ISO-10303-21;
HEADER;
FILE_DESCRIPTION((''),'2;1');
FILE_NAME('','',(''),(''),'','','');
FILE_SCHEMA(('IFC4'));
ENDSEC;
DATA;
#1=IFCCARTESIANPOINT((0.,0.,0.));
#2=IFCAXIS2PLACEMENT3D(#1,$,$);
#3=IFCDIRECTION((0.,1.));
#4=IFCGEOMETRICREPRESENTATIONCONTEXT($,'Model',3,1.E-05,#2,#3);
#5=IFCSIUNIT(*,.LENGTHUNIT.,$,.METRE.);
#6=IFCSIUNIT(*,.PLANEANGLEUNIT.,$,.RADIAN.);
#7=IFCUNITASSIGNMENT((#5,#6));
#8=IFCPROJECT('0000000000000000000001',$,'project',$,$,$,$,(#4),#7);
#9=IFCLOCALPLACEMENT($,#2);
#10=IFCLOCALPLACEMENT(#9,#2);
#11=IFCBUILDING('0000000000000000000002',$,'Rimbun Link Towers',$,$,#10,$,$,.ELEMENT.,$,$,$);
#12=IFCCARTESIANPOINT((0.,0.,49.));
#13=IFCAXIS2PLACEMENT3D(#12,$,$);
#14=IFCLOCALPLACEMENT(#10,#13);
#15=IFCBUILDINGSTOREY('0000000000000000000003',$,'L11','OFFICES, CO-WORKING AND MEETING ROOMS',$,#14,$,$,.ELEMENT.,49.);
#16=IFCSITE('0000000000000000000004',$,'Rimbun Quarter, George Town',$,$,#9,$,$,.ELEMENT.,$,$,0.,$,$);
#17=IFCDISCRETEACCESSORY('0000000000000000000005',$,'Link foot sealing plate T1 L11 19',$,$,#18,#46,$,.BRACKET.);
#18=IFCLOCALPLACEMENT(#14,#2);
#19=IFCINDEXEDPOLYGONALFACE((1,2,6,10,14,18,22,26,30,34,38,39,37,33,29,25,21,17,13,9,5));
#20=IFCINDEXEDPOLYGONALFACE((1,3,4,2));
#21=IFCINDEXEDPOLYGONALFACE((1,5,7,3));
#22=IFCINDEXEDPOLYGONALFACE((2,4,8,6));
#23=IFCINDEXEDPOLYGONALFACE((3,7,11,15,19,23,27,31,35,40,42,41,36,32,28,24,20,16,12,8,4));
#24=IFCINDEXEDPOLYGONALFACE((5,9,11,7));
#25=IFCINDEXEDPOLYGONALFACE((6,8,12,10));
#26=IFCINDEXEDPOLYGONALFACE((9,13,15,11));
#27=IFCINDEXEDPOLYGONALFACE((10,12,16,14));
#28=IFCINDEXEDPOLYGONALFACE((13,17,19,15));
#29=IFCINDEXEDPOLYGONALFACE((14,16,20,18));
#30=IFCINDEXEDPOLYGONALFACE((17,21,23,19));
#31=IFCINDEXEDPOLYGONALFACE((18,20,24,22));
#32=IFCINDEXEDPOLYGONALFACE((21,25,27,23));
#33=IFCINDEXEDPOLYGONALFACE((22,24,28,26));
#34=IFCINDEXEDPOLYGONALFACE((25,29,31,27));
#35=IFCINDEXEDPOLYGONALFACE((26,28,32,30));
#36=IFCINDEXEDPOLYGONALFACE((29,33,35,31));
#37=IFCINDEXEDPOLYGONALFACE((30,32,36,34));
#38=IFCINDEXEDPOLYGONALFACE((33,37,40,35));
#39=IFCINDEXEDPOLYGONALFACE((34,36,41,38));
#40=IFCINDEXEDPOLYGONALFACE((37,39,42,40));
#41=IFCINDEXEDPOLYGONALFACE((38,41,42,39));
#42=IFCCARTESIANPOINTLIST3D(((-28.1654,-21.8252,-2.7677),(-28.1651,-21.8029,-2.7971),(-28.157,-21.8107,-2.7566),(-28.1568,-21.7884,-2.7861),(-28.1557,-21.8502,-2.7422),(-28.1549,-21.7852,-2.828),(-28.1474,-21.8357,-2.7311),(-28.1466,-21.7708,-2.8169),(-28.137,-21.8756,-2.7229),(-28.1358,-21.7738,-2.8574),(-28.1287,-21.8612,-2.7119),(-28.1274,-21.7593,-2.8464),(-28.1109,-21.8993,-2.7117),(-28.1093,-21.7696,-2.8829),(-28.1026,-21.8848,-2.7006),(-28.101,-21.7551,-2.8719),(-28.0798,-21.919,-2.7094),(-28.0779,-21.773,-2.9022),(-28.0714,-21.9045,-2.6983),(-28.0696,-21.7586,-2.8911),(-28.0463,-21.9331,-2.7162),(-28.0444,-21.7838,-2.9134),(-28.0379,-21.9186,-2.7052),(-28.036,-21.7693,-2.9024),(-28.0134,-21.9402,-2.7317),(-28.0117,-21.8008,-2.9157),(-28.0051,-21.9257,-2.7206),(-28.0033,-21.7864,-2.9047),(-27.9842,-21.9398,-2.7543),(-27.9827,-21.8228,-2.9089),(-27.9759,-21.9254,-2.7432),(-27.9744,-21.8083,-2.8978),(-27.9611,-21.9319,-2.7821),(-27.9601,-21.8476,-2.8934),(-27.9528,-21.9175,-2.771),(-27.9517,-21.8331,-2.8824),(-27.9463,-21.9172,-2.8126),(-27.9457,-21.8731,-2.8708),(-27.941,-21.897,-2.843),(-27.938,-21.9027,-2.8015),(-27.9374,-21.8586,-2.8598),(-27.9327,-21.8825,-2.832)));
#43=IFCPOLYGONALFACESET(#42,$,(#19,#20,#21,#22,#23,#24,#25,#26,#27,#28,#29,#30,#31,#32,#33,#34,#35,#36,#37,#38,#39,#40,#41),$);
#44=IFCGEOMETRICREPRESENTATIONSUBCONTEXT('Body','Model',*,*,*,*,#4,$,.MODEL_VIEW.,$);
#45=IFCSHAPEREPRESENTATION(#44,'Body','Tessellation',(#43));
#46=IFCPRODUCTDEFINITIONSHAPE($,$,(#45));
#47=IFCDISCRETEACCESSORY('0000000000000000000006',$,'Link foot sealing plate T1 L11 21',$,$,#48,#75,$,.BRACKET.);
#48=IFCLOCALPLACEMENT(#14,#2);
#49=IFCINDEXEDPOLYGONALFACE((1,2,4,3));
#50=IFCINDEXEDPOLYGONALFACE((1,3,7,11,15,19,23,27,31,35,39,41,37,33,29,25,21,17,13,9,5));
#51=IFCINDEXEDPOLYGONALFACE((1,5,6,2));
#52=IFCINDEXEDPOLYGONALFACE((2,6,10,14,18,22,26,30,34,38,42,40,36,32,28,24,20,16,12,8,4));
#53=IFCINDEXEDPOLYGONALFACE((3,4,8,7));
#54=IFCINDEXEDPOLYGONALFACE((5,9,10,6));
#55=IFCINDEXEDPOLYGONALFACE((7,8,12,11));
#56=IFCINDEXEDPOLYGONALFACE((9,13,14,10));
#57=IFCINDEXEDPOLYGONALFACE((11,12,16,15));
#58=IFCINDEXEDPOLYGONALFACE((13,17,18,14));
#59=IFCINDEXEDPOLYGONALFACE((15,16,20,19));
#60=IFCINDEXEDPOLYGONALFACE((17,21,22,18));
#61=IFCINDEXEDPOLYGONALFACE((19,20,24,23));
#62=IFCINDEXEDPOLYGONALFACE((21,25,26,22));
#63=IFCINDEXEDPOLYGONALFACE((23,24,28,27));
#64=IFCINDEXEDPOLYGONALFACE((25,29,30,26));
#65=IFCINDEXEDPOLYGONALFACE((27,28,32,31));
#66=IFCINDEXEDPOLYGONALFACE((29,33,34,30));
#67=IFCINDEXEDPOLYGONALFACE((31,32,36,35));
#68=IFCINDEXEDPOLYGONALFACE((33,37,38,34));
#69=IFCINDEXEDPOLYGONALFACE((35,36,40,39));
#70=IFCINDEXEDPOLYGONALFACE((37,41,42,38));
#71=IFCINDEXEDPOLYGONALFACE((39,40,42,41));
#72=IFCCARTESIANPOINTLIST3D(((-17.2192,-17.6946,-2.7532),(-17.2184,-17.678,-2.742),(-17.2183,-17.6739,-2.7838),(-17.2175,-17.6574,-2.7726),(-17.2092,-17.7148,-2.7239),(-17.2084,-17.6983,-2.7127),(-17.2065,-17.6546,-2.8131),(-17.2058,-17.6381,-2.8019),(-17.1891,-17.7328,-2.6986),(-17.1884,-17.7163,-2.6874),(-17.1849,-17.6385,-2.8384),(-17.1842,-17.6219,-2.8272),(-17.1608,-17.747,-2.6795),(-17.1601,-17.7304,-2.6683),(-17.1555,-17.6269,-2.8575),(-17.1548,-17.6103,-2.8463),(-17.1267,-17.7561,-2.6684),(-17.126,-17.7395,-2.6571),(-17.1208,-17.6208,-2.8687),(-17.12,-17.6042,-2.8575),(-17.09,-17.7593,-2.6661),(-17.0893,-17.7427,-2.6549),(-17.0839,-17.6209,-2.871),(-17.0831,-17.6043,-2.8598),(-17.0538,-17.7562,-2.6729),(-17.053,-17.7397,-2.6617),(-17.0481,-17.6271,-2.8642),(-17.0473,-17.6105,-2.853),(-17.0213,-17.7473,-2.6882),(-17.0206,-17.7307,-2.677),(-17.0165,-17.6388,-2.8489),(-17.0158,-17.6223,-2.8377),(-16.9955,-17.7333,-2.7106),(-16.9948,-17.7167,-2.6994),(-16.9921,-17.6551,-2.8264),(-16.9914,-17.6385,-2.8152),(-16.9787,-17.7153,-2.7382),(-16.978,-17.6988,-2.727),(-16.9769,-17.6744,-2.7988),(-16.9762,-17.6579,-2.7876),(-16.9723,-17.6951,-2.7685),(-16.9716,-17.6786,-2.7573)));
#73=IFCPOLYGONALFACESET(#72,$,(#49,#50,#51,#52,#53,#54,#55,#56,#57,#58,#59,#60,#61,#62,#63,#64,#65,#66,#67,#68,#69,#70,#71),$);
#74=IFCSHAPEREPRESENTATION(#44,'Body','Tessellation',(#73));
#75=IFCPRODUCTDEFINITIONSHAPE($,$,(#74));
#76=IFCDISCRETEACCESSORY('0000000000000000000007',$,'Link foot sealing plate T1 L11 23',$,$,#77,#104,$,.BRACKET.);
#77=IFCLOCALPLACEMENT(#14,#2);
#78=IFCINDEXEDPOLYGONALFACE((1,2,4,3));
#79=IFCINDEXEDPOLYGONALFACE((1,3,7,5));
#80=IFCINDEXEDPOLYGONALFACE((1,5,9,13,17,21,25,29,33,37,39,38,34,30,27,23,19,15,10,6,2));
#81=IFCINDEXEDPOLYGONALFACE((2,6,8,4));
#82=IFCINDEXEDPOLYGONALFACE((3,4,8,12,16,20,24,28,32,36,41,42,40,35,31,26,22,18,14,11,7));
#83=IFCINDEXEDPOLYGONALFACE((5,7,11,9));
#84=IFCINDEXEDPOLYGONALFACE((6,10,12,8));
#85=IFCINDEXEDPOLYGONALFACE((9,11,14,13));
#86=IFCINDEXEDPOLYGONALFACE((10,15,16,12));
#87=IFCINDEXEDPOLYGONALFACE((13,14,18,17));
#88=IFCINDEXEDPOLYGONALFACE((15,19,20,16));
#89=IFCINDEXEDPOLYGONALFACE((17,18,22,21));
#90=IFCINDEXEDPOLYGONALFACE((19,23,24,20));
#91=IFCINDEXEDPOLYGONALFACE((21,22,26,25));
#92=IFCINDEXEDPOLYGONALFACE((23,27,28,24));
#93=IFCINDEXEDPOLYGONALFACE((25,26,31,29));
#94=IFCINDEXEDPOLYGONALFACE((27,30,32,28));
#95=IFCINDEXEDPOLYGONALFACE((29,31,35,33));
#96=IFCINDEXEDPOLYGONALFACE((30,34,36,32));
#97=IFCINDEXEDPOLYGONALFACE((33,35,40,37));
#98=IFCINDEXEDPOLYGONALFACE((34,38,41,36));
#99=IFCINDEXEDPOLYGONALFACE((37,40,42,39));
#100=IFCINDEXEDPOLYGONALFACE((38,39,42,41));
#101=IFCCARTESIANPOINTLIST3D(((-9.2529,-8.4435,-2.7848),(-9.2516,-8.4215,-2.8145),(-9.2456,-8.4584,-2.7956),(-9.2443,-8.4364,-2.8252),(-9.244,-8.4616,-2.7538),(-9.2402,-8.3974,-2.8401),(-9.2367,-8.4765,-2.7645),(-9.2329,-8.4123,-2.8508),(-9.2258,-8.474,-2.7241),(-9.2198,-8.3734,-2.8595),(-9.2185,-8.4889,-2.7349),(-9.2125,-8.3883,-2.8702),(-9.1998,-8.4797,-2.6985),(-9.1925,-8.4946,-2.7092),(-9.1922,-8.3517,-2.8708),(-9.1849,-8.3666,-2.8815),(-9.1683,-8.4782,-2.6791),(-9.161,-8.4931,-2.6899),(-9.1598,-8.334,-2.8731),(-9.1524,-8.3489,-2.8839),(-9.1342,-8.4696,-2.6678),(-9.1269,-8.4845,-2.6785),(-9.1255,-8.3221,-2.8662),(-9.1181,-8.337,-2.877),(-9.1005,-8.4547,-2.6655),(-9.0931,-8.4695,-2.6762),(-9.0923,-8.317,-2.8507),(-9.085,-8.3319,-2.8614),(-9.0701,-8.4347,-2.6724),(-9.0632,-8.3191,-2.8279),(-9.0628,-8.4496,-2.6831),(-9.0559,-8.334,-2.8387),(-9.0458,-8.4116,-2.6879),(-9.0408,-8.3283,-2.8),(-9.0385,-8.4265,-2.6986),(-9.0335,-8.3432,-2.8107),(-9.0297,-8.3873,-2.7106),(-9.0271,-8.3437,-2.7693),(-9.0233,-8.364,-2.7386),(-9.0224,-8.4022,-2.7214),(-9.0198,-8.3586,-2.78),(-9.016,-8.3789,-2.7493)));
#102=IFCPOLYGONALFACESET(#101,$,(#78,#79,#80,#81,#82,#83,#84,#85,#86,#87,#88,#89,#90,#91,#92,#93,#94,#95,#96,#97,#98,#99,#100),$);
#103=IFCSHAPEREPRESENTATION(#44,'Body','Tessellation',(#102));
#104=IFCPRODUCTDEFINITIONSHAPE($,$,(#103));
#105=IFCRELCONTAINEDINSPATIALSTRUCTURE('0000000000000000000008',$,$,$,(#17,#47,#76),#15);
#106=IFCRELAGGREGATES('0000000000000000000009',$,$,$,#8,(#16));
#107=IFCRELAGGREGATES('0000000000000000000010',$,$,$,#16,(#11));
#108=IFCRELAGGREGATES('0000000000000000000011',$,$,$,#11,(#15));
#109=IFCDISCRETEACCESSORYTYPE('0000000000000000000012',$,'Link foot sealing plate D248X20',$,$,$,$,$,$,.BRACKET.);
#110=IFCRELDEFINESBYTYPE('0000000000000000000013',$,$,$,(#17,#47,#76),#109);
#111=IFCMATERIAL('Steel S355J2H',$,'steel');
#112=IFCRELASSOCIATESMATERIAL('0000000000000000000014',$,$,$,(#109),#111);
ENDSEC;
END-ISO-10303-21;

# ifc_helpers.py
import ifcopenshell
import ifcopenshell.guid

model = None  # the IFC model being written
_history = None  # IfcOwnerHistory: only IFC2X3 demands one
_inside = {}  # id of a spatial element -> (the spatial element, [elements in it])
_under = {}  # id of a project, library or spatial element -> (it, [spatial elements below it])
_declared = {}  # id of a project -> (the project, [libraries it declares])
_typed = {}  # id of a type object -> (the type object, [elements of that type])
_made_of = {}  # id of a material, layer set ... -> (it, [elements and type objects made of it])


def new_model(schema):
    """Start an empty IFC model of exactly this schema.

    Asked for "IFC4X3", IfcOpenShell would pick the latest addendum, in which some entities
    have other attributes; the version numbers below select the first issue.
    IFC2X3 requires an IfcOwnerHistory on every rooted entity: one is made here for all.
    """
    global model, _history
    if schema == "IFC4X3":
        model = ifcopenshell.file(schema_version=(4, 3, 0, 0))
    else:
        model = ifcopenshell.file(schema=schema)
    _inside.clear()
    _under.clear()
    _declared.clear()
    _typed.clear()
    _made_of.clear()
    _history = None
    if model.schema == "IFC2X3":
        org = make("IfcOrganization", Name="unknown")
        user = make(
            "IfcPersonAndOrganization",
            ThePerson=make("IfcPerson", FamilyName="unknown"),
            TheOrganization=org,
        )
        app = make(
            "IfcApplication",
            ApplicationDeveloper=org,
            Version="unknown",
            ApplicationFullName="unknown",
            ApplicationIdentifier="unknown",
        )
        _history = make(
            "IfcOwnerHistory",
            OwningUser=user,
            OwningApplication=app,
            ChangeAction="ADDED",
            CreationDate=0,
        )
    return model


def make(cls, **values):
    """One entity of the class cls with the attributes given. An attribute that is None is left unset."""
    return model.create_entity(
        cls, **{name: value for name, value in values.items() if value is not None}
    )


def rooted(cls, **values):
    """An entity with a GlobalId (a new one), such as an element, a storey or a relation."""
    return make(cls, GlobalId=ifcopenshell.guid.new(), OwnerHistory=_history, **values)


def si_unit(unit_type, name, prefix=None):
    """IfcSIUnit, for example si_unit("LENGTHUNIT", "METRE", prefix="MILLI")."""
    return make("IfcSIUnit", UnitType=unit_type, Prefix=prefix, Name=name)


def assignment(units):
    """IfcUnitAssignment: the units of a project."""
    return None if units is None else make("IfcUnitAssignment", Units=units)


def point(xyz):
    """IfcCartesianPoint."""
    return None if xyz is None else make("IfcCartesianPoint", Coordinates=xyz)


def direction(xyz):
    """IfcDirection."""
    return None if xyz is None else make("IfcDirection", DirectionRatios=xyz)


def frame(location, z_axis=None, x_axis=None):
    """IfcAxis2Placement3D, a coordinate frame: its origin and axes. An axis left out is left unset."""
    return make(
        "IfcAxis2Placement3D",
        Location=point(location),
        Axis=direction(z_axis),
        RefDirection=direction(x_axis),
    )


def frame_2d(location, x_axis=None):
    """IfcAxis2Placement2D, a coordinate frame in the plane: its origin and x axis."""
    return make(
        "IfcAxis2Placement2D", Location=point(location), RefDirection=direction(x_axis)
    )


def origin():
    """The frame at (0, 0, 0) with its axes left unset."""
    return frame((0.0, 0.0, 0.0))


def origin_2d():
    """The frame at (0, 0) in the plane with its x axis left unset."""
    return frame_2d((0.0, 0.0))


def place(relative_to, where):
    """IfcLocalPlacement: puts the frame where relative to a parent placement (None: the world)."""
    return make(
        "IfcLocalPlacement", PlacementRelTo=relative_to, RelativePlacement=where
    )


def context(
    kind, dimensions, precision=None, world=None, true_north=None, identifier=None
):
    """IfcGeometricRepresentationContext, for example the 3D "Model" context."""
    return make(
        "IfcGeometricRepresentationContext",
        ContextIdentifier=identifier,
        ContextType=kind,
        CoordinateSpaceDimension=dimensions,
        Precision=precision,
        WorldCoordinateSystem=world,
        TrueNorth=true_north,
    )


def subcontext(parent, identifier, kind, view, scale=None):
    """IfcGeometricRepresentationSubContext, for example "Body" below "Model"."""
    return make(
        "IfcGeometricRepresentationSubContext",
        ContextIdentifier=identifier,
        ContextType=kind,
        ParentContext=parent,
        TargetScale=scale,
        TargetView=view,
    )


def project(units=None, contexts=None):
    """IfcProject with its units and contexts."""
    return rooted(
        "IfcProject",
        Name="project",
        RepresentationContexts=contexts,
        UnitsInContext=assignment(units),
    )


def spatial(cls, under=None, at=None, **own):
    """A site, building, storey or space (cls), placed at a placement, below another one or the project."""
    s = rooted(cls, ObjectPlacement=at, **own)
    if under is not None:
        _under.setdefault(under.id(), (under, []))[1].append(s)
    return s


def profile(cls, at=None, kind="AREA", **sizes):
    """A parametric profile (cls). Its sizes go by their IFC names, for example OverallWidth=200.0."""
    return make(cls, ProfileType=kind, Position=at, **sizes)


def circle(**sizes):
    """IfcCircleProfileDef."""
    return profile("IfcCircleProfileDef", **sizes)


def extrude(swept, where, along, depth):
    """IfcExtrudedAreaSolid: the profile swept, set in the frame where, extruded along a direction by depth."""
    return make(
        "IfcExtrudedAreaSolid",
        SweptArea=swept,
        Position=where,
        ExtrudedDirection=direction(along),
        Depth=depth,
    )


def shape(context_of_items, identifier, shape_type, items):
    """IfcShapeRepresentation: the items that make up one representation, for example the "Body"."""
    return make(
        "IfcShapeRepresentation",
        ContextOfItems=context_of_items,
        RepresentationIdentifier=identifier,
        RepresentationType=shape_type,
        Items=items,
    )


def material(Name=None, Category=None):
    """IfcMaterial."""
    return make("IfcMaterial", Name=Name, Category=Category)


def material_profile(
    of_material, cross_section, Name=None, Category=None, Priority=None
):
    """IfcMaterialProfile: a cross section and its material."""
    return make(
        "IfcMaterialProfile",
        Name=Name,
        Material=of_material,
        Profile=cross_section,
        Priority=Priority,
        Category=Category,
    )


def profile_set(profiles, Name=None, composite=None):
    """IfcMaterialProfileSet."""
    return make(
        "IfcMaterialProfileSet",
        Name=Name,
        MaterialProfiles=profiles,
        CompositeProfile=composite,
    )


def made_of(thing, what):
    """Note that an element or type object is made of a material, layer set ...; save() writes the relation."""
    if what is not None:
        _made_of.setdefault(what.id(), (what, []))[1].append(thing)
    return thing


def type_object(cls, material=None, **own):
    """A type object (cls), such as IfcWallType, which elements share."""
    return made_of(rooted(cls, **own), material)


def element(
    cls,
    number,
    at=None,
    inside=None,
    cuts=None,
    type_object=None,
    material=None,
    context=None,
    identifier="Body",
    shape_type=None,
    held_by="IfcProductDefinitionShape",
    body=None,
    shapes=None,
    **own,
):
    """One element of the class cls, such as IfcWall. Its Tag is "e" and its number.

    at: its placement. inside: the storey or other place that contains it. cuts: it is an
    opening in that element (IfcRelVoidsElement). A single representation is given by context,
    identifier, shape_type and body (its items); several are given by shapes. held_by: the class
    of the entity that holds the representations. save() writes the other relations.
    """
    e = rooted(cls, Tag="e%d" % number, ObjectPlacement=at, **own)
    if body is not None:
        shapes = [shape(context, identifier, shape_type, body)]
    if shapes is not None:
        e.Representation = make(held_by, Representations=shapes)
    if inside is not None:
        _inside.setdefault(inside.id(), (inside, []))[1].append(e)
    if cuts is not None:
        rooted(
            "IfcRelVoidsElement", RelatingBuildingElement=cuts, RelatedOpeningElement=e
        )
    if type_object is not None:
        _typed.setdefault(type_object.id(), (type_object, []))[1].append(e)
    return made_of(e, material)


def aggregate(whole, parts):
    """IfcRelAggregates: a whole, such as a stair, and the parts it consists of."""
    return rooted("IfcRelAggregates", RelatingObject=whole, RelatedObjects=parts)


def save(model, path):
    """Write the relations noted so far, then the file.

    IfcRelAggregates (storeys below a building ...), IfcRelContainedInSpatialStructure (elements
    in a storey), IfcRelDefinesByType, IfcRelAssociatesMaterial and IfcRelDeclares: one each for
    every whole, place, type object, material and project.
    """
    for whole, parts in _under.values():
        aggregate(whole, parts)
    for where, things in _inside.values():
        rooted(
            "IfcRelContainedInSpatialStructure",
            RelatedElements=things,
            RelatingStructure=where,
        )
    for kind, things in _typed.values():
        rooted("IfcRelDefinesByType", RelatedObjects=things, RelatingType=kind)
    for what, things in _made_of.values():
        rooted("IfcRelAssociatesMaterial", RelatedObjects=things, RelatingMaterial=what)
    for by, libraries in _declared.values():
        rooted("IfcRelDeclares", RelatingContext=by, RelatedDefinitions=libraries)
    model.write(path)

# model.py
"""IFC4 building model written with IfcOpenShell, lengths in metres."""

from ifc_helpers import new_model, si_unit, direction, frame, origin, origin_2d, place, context, subcontext, project, spatial, circle, extrude, material, material_profile, profile_set, type_object, element, save


model = new_model("IFC4")

# Units and contexts
model_context = context("Model", 3, precision=1e-05, world=origin(), true_north=direction((0.0, 1.0)))
body_context = subcontext(model_context, "Body", "Model", "MODEL_VIEW")
ifc_project = project(units=[si_unit("LENGTHUNIT", "METRE"), si_unit("PLANEANGLEUNIT", "RADIAN")], contexts=[model_context])

# Site, building, storey
site_placement = place(None, origin())
site = spatial("IfcSite", under=ifc_project, at=site_placement, Name="Rimbun Quarter, George Town", CompositionType="ELEMENT", RefElevation=0.0)
building_placement = place(site_placement, origin())
building = spatial("IfcBuilding", under=site, at=building_placement, Name="Rimbun Link Towers", CompositionType="ELEMENT")
storey_placement = place(building_placement, frame((0.0, 0.0, 49.0)))
storey = spatial("IfcBuildingStorey", under=building, at=storey_placement, Name="L11", Description="OFFICES, CO-WORKING AND MEETING ROOMS", CompositionType="ELEMENT", Elevation=49.0)

# Discrete accessories
ifc_material_1 = material(Name="Steel S355J2H", Category="steel")
ifc_material_profile_1 = material_profile(ifc_material_1, circle(Radius=0.124, at=origin_2d()), Name="PL D248")
ifc_profile_set_1 = profile_set([ifc_material_profile_1], Name="Steel S355J2H")
discrete_accessory_type = type_object("IfcDiscreteAccessoryType", Name="Link foot sealing plate D248X20", PredefinedType="BRACKET", material=ifc_profile_set_1)
for number, where, z_axis, x_axis, name in (
    (1, (-28.0454, -21.8408, -2.8015), (-0.416559, -0.722853, -0.551328), (0.86643, -0.499299, 0.0), "Link foot sealing plate T1 L11 19"),
    (2, (-17.0955, -17.6731, -2.7573), (-0.036518, -0.827731, -0.559936), (0.999028, -0.044075, 0.0), "Link foot sealing plate T1 L11 21"),
):
    element("IfcDiscreteAccessory", number, at=place(storey_placement, frame(where, z_axis=z_axis, x_axis=x_axis)), inside=storey, type_object=discrete_accessory_type, Name=name, PredefinedType="BRACKET", context=body_context, shape_type="SweptSolid", body=[
        extrude(circle(Radius=0.124, at=origin_2d()), origin(), (0.0, 0.0, 1.0), 0.02),
    ])
discrete_accessory_placement = place(storey_placement, frame((-9.1384, -8.3984, -2.7693), z_axis=(0.370483, -0.753316, -0.543376), x_axis=(0.89735, 0.44132, 0.0)))
element("IfcDiscreteAccessory", 3, at=discrete_accessory_placement, inside=storey, type_object=discrete_accessory_type, Name="Link foot sealing plate T1 L11 23", PredefinedType="BRACKET", context=body_context, shape_type="SweptSolid", body=[
    extrude(circle(Radius=0.124, at=origin_2d()), origin(), (0.0, 0.0, 1.0), 0.0198),
])

save(model, "model.ifc")
